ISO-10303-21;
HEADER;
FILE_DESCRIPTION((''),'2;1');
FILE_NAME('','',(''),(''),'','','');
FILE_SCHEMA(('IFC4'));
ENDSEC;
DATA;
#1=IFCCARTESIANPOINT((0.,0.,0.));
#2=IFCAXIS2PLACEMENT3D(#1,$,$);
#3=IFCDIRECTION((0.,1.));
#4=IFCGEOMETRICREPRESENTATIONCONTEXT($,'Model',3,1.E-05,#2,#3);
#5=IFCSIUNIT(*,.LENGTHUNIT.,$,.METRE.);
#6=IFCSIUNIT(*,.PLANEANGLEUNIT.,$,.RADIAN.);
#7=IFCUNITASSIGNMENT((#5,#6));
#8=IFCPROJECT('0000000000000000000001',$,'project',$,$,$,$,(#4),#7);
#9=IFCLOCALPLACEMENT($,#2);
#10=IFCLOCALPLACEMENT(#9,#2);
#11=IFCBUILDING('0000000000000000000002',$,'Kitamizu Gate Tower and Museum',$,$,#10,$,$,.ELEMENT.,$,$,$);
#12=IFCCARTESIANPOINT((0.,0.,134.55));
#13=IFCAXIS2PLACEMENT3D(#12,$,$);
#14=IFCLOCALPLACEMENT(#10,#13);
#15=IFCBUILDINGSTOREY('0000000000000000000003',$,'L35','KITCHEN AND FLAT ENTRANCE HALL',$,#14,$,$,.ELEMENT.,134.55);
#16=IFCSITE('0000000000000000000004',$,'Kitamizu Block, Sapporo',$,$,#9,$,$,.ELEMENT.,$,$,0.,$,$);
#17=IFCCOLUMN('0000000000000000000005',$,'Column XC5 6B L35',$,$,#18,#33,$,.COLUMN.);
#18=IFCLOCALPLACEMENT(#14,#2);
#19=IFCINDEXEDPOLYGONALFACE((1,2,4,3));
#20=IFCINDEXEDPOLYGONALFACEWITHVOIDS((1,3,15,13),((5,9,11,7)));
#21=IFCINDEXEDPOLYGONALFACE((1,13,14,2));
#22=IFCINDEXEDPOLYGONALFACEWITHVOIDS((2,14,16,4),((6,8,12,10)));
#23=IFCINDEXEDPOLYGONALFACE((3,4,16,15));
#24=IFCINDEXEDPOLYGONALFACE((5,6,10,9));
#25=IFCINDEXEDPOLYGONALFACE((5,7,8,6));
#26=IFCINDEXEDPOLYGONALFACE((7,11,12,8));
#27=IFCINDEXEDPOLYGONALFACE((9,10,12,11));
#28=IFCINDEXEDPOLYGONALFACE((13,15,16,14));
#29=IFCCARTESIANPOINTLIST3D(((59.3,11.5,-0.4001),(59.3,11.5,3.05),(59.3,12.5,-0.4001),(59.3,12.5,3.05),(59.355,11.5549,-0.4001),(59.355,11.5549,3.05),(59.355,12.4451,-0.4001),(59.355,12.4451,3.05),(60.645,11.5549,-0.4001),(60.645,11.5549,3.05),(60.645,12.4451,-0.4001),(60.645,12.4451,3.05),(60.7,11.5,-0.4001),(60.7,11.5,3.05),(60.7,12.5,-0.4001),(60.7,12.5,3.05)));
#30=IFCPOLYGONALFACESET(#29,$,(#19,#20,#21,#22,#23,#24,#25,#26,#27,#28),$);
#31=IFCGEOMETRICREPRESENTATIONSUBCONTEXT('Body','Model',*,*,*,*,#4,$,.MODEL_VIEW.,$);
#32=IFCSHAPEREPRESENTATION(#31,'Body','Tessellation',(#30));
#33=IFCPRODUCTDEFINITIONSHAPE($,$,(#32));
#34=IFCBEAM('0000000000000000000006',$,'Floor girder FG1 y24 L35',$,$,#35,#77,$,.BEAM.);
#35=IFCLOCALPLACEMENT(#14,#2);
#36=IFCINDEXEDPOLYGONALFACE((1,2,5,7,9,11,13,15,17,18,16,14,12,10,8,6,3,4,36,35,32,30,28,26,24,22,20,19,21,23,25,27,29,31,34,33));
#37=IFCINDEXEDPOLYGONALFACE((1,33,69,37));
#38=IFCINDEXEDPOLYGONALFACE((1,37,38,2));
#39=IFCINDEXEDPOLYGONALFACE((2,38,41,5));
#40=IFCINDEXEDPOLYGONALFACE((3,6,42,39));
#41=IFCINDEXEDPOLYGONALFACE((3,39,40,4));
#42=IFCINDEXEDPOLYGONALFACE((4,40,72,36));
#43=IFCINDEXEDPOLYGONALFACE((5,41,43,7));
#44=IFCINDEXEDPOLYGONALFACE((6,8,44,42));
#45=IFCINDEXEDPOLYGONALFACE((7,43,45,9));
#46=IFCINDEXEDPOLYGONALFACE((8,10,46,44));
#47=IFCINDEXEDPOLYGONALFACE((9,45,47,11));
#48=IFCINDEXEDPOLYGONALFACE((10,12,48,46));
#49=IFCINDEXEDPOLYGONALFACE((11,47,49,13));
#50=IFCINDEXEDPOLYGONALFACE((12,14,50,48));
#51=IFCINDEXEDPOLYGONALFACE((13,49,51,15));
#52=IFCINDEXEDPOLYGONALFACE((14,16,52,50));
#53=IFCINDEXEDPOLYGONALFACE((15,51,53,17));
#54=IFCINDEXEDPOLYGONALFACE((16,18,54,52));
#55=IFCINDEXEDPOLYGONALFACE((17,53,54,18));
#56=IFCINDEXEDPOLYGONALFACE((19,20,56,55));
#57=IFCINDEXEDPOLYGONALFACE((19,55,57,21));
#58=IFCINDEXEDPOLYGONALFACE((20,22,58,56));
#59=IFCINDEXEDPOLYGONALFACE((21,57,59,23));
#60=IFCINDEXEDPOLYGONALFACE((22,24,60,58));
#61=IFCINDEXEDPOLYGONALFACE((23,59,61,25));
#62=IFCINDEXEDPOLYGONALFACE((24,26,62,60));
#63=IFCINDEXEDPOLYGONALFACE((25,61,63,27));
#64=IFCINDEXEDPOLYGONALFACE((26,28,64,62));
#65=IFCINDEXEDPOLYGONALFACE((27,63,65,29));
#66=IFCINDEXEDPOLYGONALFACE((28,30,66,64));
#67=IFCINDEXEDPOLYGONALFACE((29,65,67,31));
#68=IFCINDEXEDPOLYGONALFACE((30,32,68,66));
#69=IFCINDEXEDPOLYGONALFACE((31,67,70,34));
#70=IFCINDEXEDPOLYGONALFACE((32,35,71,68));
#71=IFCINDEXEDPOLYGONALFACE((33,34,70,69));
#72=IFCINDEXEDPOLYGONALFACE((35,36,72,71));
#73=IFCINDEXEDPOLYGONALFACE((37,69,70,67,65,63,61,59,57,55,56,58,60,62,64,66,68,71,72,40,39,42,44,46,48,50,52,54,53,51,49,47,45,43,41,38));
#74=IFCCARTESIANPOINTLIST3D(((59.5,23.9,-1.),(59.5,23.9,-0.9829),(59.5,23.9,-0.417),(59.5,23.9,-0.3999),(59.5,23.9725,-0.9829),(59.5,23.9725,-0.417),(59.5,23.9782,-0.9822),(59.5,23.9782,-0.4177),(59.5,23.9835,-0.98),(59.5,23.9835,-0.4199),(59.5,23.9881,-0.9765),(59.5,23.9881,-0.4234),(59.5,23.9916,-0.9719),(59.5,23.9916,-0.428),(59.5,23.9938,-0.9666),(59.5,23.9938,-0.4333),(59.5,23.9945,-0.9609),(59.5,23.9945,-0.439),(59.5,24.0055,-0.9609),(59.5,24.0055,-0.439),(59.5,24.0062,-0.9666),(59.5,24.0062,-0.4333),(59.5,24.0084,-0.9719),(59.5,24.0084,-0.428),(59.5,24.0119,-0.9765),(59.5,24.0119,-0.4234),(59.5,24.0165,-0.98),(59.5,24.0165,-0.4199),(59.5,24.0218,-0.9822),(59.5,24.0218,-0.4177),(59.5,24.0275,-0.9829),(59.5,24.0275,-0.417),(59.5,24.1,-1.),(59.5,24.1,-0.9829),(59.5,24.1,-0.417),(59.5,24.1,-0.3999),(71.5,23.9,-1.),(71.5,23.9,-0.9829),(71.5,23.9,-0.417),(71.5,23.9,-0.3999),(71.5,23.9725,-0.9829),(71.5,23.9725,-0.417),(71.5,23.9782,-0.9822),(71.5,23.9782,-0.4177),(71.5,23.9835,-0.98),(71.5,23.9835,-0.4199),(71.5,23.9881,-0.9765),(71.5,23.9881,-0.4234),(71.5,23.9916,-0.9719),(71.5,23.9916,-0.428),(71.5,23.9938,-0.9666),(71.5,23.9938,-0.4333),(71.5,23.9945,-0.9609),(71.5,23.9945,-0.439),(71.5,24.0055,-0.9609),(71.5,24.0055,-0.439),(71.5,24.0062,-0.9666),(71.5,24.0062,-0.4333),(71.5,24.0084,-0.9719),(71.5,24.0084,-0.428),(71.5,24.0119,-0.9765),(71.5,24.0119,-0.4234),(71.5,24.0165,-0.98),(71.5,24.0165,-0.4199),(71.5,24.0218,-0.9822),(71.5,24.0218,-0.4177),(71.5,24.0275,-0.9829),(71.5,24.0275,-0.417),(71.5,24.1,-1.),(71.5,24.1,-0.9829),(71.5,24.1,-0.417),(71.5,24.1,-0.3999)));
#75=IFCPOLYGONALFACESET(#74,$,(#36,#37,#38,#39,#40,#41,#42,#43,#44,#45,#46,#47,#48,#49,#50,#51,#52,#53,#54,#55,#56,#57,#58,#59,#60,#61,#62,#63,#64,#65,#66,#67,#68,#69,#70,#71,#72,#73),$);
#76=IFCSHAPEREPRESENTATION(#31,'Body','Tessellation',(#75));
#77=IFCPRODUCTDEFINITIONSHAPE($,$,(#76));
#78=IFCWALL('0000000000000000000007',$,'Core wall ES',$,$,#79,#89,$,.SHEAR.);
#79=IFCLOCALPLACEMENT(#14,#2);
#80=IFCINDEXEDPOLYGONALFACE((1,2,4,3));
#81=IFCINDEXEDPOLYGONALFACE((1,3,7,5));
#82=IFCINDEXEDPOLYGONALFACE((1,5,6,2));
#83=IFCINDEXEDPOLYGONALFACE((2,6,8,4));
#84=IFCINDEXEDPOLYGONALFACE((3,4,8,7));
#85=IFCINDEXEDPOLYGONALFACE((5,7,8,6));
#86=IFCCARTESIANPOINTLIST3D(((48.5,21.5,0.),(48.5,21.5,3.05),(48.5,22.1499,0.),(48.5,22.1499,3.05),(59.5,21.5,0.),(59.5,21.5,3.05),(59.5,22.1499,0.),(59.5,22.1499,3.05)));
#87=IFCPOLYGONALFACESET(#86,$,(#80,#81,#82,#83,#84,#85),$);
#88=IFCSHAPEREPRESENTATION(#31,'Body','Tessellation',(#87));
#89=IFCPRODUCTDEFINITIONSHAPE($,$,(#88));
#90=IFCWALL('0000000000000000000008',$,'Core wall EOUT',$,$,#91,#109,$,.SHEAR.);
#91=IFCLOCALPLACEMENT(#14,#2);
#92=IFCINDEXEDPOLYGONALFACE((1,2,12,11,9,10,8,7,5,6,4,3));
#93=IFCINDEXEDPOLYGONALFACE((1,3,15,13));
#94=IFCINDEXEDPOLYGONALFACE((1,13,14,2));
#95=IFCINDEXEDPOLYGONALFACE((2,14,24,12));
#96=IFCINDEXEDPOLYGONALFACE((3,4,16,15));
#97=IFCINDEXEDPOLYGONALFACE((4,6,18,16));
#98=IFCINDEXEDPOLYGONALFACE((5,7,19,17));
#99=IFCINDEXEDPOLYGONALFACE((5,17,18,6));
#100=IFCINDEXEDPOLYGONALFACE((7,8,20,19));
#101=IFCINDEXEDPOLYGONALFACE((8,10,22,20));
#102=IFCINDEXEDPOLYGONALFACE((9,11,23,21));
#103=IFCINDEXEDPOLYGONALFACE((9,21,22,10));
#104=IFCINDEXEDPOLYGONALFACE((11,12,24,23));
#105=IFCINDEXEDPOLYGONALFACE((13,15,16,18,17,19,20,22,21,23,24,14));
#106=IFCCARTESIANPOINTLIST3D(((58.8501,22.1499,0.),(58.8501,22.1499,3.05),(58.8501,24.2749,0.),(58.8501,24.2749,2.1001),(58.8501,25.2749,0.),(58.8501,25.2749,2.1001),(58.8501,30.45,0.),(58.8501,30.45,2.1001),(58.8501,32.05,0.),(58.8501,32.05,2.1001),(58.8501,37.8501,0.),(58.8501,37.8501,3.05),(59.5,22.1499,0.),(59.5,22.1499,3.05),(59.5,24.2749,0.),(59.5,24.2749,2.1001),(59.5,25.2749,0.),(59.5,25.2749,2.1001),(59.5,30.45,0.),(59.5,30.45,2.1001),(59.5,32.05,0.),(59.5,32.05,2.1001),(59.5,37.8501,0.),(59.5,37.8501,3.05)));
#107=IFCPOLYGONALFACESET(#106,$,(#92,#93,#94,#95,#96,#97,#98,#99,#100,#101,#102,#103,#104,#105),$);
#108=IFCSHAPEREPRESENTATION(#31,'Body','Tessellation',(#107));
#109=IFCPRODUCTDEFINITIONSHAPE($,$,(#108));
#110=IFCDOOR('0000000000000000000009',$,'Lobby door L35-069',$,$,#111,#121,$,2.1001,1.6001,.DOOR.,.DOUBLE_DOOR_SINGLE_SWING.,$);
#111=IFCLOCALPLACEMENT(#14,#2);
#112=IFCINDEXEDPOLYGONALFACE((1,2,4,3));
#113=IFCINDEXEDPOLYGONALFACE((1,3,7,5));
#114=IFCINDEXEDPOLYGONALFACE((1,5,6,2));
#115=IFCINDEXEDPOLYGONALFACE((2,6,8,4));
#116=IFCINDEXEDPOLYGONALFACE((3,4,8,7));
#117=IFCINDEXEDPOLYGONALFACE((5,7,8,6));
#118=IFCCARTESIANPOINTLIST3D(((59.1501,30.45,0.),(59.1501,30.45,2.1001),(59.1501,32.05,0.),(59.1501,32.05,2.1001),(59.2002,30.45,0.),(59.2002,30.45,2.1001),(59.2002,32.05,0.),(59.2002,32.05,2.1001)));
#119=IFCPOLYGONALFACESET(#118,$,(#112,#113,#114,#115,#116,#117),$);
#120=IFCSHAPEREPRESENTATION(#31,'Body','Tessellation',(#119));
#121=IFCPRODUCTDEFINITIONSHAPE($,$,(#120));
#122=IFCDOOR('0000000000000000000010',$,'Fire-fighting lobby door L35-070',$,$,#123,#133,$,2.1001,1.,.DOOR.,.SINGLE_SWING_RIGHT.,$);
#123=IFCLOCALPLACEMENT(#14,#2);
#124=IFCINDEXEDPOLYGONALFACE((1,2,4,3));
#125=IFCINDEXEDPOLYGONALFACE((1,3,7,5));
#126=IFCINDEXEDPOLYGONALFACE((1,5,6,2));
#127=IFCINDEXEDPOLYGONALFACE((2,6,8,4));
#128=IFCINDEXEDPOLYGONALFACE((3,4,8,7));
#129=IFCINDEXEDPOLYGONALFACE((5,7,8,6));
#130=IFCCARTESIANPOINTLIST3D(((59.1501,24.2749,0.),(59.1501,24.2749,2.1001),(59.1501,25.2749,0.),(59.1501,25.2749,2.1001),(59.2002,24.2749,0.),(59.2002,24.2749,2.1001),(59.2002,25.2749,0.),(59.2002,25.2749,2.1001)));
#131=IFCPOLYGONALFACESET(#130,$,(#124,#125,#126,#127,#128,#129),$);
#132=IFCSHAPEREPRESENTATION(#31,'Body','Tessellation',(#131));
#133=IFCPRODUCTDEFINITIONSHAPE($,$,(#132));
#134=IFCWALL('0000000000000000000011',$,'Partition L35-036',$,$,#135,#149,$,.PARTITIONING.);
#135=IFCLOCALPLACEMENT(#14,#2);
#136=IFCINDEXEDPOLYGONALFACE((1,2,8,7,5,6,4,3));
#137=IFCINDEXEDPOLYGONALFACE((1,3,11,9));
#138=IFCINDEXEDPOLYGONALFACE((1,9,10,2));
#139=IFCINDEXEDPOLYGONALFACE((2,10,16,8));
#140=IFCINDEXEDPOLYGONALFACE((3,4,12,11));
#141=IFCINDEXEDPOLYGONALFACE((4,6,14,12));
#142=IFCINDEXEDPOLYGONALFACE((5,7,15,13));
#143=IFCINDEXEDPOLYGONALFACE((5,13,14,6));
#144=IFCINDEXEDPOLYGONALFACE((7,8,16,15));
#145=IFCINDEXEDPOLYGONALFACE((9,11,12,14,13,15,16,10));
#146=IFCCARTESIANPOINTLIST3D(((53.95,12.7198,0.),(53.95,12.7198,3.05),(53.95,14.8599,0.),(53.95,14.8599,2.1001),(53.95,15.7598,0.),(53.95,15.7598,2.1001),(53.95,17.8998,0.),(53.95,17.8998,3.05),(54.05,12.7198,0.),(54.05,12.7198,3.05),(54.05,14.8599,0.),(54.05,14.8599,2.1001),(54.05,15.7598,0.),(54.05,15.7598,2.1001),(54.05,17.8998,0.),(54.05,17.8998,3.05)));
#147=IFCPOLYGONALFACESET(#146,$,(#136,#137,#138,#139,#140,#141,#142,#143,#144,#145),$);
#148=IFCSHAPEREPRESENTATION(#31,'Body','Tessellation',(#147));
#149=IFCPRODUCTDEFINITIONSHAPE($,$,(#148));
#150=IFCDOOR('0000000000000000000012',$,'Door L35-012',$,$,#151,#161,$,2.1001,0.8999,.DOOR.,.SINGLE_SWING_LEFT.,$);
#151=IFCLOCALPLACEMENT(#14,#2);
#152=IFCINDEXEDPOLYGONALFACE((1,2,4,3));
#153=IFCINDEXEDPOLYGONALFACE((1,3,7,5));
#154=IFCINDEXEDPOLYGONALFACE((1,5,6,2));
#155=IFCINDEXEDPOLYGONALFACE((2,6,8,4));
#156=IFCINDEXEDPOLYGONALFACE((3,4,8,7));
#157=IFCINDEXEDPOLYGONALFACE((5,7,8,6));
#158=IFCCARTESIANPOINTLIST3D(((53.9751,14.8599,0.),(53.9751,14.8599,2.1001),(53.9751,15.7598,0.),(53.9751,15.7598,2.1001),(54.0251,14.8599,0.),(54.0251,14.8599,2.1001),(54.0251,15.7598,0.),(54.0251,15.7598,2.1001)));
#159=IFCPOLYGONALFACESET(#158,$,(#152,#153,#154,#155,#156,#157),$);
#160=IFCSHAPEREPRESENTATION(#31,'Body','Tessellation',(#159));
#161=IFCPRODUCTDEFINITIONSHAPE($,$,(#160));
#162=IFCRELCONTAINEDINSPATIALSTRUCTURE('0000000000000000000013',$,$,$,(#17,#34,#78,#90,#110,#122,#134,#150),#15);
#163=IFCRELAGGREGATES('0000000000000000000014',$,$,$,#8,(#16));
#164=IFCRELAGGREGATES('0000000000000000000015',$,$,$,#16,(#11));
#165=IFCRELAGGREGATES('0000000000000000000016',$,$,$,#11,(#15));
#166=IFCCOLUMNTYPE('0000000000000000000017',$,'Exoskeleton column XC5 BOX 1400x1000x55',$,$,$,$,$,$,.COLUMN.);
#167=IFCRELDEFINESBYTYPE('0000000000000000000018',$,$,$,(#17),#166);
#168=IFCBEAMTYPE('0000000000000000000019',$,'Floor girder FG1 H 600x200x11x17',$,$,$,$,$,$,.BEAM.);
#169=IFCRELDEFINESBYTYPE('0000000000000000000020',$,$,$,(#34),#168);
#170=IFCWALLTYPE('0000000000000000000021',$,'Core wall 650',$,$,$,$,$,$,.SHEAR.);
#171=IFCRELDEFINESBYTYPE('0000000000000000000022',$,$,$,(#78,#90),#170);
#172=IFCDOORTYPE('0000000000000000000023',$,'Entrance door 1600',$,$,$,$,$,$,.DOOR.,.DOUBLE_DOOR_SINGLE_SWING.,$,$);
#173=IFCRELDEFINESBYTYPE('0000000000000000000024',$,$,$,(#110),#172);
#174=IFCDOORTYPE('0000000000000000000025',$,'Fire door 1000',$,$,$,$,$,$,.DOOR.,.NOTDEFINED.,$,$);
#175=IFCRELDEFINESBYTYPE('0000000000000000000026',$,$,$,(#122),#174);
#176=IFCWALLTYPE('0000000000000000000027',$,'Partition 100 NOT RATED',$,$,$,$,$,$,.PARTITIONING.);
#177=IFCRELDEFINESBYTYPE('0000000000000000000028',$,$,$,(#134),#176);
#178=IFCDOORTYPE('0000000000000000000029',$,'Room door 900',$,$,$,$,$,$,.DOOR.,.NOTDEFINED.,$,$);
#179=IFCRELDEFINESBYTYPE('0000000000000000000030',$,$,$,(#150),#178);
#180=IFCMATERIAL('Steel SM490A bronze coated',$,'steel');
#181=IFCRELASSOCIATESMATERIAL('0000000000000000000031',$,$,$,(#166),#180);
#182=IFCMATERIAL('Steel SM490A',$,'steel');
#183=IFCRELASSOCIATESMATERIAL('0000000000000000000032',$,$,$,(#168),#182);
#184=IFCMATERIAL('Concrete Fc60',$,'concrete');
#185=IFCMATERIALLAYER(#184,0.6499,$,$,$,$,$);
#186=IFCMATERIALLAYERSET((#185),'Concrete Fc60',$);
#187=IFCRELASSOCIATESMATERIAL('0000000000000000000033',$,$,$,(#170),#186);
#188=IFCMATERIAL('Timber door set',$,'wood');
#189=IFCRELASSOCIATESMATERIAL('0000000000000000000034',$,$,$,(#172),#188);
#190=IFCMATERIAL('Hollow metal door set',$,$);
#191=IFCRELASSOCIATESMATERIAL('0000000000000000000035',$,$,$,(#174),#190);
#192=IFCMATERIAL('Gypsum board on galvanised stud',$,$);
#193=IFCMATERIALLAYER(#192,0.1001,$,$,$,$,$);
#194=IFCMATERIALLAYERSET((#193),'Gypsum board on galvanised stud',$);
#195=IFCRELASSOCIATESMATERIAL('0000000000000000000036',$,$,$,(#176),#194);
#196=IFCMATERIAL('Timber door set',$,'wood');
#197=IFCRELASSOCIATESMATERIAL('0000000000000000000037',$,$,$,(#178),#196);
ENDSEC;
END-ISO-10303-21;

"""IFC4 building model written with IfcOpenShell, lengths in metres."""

from ifc_helpers import new_model, si_unit, direction, frame, frame_2d, origin, origin_2d, place, context, subcontext, project, spatial, rectangle, hollow_rectangle, i_section, extrude, material, layer, layer_set, material_profile, profile_set, type_object, element, fill, save


model = new_model("IFC4")

# Units and contexts
model_context = context("Model", 3, precision=1e-05, world=origin(), true_north=direction((0.0, 1.0)))
body_context = subcontext(model_context, "Body", "Model", "MODEL_VIEW")
ifc_project = project(units=[si_unit("LENGTHUNIT", "METRE"), si_unit("PLANEANGLEUNIT", "RADIAN")], contexts=[model_context])

# Site, building, storey
site_placement = place(None, origin())
site = spatial("IfcSite", under=ifc_project, at=site_placement, Name="Kitamizu Block, Sapporo", CompositionType="ELEMENT", RefElevation=0.0)
building_placement = place(site_placement, origin())
building = spatial("IfcBuilding", under=site, at=building_placement, Name="Kitamizu Gate Tower and Museum", CompositionType="ELEMENT")
storey_placement = place(building_placement, frame((0.0, 0.0, 134.55)))
storey = spatial("IfcBuildingStorey", under=building, at=storey_placement, Name="L35", Description="KITCHEN AND FLAT ENTRANCE HALL", CompositionType="ELEMENT", Elevation=134.55)

# Column
ifc_material_1 = material(Name="Steel SM490A bronze coated", Category="steel")
ifc_material_profile_1 = material_profile(ifc_material_1, hollow_rectangle(XDim=1.3999, YDim=1.0, WallThickness=0.0549, at=origin_2d()), Name="BOX 1400x1000x55")
ifc_profile_set_1 = profile_set([ifc_material_profile_1], Name="Steel SM490A bronze coated")
column_type = type_object("IfcColumnType", Name="Exoskeleton column XC5 BOX 1400x1000x55", PredefinedType="COLUMN", material=ifc_profile_set_1)
column_placement = place(storey_placement, frame((60.0, 12.0, -0.4001), z_axis=(0.0, 0.0, 1.0), x_axis=(1.0, 0.0, 0.0)))
element("IfcColumn", 1, at=column_placement, inside=storey, type_object=column_type, Name="Column XC5 6B L35", PredefinedType="COLUMN", context=body_context, shape_type="SweptSolid", body=[
    extrude(hollow_rectangle(XDim=1.3999, YDim=1.0, WallThickness=0.0549, at=origin_2d()), origin(), (0.0, 0.0, 1.0), 3.4502),
])

# Beam
ifc_material_2 = material(Name="Steel SM490A", Category="steel")
ifc_material_profile_2 = material_profile(ifc_material_2, i_section(OverallWidth=0.2, OverallDepth=0.6001, WebThickness=0.011, FlangeThickness=0.0171, FilletRadius=0.022, at=origin_2d()), Name="H-600x200x11x17")
ifc_profile_set_2 = profile_set([ifc_material_profile_2], Name="Steel SM490A")
beam_type = type_object("IfcBeamType", Name="Floor girder FG1 H 600x200x11x17", PredefinedType="BEAM", material=ifc_profile_set_2)
beam_placement = place(storey_placement, frame((59.5, 24.0, -0.7), z_axis=(1.0, 0.0, 0.0), x_axis=(0.0, 1.0, 0.0)))
element("IfcBeam", 2, at=beam_placement, inside=storey, type_object=beam_type, Name="Floor girder FG1 y24 L35", PredefinedType="BEAM", context=body_context, shape_type="SweptSolid", body=[
    extrude(i_section(OverallWidth=0.2, OverallDepth=0.6001, WebThickness=0.011, FlangeThickness=0.0171, FilletRadius=0.022, at=origin_2d()), origin(), (0.0, 0.0, 1.0), 12.0),
])

# Wall
ifc_material_3 = material(Name="Concrete Fc60", Category="concrete")
ifc_layer_1 = layer(ifc_material_3, 0.6499)
ifc_layer_set_1 = layer_set([ifc_layer_1], Name="Concrete Fc60")
wall_type_1 = type_object("IfcWallType", Name="Core wall 650", PredefinedType="SHEAR", material=ifc_layer_set_1)
wall_1_placement = place(storey_placement, frame((59.5, 21.825, 0.0), z_axis=(0.0, 0.0, 1.0), x_axis=(-1.0, 0.0, 0.0)))
element("IfcWall", 3, at=wall_1_placement, inside=storey, type_object=wall_type_1, Name="Core wall ES", PredefinedType="SHEAR", context=body_context, shape_type="SweptSolid", body=[
    extrude(rectangle(XDim=11.0, YDim=0.6499, at=frame_2d((5.5, 0.0))), origin(), (0.0, 0.0, 1.0), 3.05),
])

# Wall, openings, doors
wall_2_placement = place(storey_placement, frame((59.175, 22.1499, 0.0), z_axis=(0.0, 0.0, 1.0), x_axis=(0.0, 1.0, 0.0)))
wall_2 = element("IfcWall", 4, at=wall_2_placement, inside=storey, type_object=wall_type_1, Name="Core wall EOUT", PredefinedType="SHEAR", context=body_context, shape_type="SweptSolid", body=[
    extrude(rectangle(XDim=15.7002, YDim=0.6499, at=frame_2d((7.8501, 0.0))), origin(), (0.0, 0.0, 1.0), 3.05),
])
opening_1_placement = place(wall_2_placement, frame((8.3, 0.0, 0.0)))
opening_1 = element("IfcOpeningElement", 5, at=opening_1_placement, cuts=wall_2, PredefinedType="OPENING", context=body_context, shape_type="SweptSolid", body=[
    extrude(rectangle(XDim=1.6001, YDim=2.1001, at=frame_2d((0.8, 1.05))), frame((0.0, 0.335, 0.0), z_axis=(0.0, -1.0, 0.0), x_axis=(1.0, 0.0, 0.0)), (0.0, 0.0, 1.0), 0.6699),
])
opening_2_placement = place(wall_2_placement, frame((2.125, 0.0, 0.0)))
opening_2 = element("IfcOpeningElement", 6, at=opening_2_placement, cuts=wall_2, PredefinedType="OPENING", context=body_context, shape_type="SweptSolid", body=[
    extrude(rectangle(XDim=1.0, YDim=2.1001, at=frame_2d((0.5, 1.05))), frame((0.0, 0.335, 0.0), z_axis=(0.0, -1.0, 0.0), x_axis=(1.0, 0.0, 0.0)), (0.0, 0.0, 1.0), 0.6699),
])
ifc_material_4 = material(Name="Timber door set", Category="wood")
door_type_1 = type_object("IfcDoorType", Name="Entrance door 1600", OperationType="DOUBLE_DOOR_SINGLE_SWING", PredefinedType="DOOR", material=ifc_material_4)
door_1_placement = place(opening_1_placement, origin())
door_1 = element("IfcDoor", 7, at=door_1_placement, inside=storey, type_object=door_type_1, Name="Lobby door L35-069", OperationType="DOUBLE_DOOR_SINGLE_SWING", OverallHeight=2.1001, OverallWidth=1.6001, PredefinedType="DOOR", context=body_context, shape_type="SweptSolid", body=[
    extrude(rectangle(XDim=1.6001, YDim=2.1001, at=frame_2d((0.8, 1.05))), frame((0.0, 0.0249, 0.0), z_axis=(0.0, -1.0, 0.0), x_axis=(1.0, 0.0, 0.0)), (0.0, 0.0, 1.0), 0.05),
])
fill(opening_1, door_1)
ifc_material_5 = material(Name="Hollow metal door set")
door_type_2 = type_object("IfcDoorType", Name="Fire door 1000", OperationType="NOTDEFINED", PredefinedType="DOOR", material=ifc_material_5)
door_2_placement = place(opening_2_placement, origin())
door_2 = element("IfcDoor", 8, at=door_2_placement, inside=storey, type_object=door_type_2, Name="Fire-fighting lobby door L35-070", OperationType="SINGLE_SWING_RIGHT", OverallHeight=2.1001, OverallWidth=1.0, PredefinedType="DOOR", context=body_context, shape_type="SweptSolid", body=[
    extrude(rectangle(XDim=1.0, YDim=2.1001, at=frame_2d((0.5, 1.05))), frame((0.0, 0.0249, 0.0), z_axis=(0.0, -1.0, 0.0), x_axis=(1.0, 0.0, 0.0)), (0.0, 0.0, 1.0), 0.05),
])
fill(opening_2, door_2)

# Wall, opening, door
ifc_material_6 = material(Name="Gypsum board on galvanised stud")
ifc_layer_2 = layer(ifc_material_6, 0.1001)
ifc_layer_set_2 = layer_set([ifc_layer_2], Name="Gypsum board on galvanised stud")
wall_type_2 = type_object("IfcWallType", Name="Partition 100 NOT RATED", PredefinedType="PARTITIONING", material=ifc_layer_set_2)
wall_3_placement = place(storey_placement, frame((54.0, 12.72, 0.0), z_axis=(0.0, 0.0, 1.0), x_axis=(0.0, 1.0, 0.0)))
wall_3 = element("IfcWall", 9, at=wall_3_placement, inside=storey, type_object=wall_type_2, Name="Partition L35-036", PredefinedType="PARTITIONING", context=body_context, shape_type="SweptSolid", body=[
    extrude(rectangle(XDim=5.1799, YDim=0.1001, at=frame_2d((2.5898, 0.0))), origin(), (0.0, 0.0, 1.0), 3.05),
])
opening_3_placement = place(wall_3_placement, frame((2.1399, 0.0, 0.0)))
opening_3 = element("IfcOpeningElement", 10, at=opening_3_placement, cuts=wall_3, PredefinedType="OPENING", context=body_context, shape_type="SweptSolid", body=[
    extrude(rectangle(XDim=0.8999, YDim=2.1001, at=frame_2d((0.45, 1.05))), frame((0.0, 0.0601, 0.0), z_axis=(0.0, -1.0, 0.0), x_axis=(1.0, 0.0, 0.0)), (0.0, 0.0, 1.0), 0.1201),
])
ifc_material_7 = material(Name="Timber door set", Category="wood")
door_type_3 = type_object("IfcDoorType", Name="Room door 900", OperationType="NOTDEFINED", PredefinedType="DOOR", material=ifc_material_7)
door_3_placement = place(opening_3_placement, origin())
door_3 = element("IfcDoor", 11, at=door_3_placement, inside=storey, type_object=door_type_3, Name="Door L35-012", OperationType="SINGLE_SWING_LEFT", OverallHeight=2.1001, OverallWidth=0.8999, PredefinedType="DOOR", context=body_context, shape_type="SweptSolid", body=[
    extrude(rectangle(XDim=0.8999, YDim=2.1001, at=frame_2d((0.45, 1.05))), frame((0.0, 0.0249, 0.0), z_axis=(0.0, -1.0, 0.0), x_axis=(1.0, 0.0, 0.0)), (0.0, 0.0, 1.0), 0.05),
])
fill(opening_3, door_3)

save(model, "model.ifc")
